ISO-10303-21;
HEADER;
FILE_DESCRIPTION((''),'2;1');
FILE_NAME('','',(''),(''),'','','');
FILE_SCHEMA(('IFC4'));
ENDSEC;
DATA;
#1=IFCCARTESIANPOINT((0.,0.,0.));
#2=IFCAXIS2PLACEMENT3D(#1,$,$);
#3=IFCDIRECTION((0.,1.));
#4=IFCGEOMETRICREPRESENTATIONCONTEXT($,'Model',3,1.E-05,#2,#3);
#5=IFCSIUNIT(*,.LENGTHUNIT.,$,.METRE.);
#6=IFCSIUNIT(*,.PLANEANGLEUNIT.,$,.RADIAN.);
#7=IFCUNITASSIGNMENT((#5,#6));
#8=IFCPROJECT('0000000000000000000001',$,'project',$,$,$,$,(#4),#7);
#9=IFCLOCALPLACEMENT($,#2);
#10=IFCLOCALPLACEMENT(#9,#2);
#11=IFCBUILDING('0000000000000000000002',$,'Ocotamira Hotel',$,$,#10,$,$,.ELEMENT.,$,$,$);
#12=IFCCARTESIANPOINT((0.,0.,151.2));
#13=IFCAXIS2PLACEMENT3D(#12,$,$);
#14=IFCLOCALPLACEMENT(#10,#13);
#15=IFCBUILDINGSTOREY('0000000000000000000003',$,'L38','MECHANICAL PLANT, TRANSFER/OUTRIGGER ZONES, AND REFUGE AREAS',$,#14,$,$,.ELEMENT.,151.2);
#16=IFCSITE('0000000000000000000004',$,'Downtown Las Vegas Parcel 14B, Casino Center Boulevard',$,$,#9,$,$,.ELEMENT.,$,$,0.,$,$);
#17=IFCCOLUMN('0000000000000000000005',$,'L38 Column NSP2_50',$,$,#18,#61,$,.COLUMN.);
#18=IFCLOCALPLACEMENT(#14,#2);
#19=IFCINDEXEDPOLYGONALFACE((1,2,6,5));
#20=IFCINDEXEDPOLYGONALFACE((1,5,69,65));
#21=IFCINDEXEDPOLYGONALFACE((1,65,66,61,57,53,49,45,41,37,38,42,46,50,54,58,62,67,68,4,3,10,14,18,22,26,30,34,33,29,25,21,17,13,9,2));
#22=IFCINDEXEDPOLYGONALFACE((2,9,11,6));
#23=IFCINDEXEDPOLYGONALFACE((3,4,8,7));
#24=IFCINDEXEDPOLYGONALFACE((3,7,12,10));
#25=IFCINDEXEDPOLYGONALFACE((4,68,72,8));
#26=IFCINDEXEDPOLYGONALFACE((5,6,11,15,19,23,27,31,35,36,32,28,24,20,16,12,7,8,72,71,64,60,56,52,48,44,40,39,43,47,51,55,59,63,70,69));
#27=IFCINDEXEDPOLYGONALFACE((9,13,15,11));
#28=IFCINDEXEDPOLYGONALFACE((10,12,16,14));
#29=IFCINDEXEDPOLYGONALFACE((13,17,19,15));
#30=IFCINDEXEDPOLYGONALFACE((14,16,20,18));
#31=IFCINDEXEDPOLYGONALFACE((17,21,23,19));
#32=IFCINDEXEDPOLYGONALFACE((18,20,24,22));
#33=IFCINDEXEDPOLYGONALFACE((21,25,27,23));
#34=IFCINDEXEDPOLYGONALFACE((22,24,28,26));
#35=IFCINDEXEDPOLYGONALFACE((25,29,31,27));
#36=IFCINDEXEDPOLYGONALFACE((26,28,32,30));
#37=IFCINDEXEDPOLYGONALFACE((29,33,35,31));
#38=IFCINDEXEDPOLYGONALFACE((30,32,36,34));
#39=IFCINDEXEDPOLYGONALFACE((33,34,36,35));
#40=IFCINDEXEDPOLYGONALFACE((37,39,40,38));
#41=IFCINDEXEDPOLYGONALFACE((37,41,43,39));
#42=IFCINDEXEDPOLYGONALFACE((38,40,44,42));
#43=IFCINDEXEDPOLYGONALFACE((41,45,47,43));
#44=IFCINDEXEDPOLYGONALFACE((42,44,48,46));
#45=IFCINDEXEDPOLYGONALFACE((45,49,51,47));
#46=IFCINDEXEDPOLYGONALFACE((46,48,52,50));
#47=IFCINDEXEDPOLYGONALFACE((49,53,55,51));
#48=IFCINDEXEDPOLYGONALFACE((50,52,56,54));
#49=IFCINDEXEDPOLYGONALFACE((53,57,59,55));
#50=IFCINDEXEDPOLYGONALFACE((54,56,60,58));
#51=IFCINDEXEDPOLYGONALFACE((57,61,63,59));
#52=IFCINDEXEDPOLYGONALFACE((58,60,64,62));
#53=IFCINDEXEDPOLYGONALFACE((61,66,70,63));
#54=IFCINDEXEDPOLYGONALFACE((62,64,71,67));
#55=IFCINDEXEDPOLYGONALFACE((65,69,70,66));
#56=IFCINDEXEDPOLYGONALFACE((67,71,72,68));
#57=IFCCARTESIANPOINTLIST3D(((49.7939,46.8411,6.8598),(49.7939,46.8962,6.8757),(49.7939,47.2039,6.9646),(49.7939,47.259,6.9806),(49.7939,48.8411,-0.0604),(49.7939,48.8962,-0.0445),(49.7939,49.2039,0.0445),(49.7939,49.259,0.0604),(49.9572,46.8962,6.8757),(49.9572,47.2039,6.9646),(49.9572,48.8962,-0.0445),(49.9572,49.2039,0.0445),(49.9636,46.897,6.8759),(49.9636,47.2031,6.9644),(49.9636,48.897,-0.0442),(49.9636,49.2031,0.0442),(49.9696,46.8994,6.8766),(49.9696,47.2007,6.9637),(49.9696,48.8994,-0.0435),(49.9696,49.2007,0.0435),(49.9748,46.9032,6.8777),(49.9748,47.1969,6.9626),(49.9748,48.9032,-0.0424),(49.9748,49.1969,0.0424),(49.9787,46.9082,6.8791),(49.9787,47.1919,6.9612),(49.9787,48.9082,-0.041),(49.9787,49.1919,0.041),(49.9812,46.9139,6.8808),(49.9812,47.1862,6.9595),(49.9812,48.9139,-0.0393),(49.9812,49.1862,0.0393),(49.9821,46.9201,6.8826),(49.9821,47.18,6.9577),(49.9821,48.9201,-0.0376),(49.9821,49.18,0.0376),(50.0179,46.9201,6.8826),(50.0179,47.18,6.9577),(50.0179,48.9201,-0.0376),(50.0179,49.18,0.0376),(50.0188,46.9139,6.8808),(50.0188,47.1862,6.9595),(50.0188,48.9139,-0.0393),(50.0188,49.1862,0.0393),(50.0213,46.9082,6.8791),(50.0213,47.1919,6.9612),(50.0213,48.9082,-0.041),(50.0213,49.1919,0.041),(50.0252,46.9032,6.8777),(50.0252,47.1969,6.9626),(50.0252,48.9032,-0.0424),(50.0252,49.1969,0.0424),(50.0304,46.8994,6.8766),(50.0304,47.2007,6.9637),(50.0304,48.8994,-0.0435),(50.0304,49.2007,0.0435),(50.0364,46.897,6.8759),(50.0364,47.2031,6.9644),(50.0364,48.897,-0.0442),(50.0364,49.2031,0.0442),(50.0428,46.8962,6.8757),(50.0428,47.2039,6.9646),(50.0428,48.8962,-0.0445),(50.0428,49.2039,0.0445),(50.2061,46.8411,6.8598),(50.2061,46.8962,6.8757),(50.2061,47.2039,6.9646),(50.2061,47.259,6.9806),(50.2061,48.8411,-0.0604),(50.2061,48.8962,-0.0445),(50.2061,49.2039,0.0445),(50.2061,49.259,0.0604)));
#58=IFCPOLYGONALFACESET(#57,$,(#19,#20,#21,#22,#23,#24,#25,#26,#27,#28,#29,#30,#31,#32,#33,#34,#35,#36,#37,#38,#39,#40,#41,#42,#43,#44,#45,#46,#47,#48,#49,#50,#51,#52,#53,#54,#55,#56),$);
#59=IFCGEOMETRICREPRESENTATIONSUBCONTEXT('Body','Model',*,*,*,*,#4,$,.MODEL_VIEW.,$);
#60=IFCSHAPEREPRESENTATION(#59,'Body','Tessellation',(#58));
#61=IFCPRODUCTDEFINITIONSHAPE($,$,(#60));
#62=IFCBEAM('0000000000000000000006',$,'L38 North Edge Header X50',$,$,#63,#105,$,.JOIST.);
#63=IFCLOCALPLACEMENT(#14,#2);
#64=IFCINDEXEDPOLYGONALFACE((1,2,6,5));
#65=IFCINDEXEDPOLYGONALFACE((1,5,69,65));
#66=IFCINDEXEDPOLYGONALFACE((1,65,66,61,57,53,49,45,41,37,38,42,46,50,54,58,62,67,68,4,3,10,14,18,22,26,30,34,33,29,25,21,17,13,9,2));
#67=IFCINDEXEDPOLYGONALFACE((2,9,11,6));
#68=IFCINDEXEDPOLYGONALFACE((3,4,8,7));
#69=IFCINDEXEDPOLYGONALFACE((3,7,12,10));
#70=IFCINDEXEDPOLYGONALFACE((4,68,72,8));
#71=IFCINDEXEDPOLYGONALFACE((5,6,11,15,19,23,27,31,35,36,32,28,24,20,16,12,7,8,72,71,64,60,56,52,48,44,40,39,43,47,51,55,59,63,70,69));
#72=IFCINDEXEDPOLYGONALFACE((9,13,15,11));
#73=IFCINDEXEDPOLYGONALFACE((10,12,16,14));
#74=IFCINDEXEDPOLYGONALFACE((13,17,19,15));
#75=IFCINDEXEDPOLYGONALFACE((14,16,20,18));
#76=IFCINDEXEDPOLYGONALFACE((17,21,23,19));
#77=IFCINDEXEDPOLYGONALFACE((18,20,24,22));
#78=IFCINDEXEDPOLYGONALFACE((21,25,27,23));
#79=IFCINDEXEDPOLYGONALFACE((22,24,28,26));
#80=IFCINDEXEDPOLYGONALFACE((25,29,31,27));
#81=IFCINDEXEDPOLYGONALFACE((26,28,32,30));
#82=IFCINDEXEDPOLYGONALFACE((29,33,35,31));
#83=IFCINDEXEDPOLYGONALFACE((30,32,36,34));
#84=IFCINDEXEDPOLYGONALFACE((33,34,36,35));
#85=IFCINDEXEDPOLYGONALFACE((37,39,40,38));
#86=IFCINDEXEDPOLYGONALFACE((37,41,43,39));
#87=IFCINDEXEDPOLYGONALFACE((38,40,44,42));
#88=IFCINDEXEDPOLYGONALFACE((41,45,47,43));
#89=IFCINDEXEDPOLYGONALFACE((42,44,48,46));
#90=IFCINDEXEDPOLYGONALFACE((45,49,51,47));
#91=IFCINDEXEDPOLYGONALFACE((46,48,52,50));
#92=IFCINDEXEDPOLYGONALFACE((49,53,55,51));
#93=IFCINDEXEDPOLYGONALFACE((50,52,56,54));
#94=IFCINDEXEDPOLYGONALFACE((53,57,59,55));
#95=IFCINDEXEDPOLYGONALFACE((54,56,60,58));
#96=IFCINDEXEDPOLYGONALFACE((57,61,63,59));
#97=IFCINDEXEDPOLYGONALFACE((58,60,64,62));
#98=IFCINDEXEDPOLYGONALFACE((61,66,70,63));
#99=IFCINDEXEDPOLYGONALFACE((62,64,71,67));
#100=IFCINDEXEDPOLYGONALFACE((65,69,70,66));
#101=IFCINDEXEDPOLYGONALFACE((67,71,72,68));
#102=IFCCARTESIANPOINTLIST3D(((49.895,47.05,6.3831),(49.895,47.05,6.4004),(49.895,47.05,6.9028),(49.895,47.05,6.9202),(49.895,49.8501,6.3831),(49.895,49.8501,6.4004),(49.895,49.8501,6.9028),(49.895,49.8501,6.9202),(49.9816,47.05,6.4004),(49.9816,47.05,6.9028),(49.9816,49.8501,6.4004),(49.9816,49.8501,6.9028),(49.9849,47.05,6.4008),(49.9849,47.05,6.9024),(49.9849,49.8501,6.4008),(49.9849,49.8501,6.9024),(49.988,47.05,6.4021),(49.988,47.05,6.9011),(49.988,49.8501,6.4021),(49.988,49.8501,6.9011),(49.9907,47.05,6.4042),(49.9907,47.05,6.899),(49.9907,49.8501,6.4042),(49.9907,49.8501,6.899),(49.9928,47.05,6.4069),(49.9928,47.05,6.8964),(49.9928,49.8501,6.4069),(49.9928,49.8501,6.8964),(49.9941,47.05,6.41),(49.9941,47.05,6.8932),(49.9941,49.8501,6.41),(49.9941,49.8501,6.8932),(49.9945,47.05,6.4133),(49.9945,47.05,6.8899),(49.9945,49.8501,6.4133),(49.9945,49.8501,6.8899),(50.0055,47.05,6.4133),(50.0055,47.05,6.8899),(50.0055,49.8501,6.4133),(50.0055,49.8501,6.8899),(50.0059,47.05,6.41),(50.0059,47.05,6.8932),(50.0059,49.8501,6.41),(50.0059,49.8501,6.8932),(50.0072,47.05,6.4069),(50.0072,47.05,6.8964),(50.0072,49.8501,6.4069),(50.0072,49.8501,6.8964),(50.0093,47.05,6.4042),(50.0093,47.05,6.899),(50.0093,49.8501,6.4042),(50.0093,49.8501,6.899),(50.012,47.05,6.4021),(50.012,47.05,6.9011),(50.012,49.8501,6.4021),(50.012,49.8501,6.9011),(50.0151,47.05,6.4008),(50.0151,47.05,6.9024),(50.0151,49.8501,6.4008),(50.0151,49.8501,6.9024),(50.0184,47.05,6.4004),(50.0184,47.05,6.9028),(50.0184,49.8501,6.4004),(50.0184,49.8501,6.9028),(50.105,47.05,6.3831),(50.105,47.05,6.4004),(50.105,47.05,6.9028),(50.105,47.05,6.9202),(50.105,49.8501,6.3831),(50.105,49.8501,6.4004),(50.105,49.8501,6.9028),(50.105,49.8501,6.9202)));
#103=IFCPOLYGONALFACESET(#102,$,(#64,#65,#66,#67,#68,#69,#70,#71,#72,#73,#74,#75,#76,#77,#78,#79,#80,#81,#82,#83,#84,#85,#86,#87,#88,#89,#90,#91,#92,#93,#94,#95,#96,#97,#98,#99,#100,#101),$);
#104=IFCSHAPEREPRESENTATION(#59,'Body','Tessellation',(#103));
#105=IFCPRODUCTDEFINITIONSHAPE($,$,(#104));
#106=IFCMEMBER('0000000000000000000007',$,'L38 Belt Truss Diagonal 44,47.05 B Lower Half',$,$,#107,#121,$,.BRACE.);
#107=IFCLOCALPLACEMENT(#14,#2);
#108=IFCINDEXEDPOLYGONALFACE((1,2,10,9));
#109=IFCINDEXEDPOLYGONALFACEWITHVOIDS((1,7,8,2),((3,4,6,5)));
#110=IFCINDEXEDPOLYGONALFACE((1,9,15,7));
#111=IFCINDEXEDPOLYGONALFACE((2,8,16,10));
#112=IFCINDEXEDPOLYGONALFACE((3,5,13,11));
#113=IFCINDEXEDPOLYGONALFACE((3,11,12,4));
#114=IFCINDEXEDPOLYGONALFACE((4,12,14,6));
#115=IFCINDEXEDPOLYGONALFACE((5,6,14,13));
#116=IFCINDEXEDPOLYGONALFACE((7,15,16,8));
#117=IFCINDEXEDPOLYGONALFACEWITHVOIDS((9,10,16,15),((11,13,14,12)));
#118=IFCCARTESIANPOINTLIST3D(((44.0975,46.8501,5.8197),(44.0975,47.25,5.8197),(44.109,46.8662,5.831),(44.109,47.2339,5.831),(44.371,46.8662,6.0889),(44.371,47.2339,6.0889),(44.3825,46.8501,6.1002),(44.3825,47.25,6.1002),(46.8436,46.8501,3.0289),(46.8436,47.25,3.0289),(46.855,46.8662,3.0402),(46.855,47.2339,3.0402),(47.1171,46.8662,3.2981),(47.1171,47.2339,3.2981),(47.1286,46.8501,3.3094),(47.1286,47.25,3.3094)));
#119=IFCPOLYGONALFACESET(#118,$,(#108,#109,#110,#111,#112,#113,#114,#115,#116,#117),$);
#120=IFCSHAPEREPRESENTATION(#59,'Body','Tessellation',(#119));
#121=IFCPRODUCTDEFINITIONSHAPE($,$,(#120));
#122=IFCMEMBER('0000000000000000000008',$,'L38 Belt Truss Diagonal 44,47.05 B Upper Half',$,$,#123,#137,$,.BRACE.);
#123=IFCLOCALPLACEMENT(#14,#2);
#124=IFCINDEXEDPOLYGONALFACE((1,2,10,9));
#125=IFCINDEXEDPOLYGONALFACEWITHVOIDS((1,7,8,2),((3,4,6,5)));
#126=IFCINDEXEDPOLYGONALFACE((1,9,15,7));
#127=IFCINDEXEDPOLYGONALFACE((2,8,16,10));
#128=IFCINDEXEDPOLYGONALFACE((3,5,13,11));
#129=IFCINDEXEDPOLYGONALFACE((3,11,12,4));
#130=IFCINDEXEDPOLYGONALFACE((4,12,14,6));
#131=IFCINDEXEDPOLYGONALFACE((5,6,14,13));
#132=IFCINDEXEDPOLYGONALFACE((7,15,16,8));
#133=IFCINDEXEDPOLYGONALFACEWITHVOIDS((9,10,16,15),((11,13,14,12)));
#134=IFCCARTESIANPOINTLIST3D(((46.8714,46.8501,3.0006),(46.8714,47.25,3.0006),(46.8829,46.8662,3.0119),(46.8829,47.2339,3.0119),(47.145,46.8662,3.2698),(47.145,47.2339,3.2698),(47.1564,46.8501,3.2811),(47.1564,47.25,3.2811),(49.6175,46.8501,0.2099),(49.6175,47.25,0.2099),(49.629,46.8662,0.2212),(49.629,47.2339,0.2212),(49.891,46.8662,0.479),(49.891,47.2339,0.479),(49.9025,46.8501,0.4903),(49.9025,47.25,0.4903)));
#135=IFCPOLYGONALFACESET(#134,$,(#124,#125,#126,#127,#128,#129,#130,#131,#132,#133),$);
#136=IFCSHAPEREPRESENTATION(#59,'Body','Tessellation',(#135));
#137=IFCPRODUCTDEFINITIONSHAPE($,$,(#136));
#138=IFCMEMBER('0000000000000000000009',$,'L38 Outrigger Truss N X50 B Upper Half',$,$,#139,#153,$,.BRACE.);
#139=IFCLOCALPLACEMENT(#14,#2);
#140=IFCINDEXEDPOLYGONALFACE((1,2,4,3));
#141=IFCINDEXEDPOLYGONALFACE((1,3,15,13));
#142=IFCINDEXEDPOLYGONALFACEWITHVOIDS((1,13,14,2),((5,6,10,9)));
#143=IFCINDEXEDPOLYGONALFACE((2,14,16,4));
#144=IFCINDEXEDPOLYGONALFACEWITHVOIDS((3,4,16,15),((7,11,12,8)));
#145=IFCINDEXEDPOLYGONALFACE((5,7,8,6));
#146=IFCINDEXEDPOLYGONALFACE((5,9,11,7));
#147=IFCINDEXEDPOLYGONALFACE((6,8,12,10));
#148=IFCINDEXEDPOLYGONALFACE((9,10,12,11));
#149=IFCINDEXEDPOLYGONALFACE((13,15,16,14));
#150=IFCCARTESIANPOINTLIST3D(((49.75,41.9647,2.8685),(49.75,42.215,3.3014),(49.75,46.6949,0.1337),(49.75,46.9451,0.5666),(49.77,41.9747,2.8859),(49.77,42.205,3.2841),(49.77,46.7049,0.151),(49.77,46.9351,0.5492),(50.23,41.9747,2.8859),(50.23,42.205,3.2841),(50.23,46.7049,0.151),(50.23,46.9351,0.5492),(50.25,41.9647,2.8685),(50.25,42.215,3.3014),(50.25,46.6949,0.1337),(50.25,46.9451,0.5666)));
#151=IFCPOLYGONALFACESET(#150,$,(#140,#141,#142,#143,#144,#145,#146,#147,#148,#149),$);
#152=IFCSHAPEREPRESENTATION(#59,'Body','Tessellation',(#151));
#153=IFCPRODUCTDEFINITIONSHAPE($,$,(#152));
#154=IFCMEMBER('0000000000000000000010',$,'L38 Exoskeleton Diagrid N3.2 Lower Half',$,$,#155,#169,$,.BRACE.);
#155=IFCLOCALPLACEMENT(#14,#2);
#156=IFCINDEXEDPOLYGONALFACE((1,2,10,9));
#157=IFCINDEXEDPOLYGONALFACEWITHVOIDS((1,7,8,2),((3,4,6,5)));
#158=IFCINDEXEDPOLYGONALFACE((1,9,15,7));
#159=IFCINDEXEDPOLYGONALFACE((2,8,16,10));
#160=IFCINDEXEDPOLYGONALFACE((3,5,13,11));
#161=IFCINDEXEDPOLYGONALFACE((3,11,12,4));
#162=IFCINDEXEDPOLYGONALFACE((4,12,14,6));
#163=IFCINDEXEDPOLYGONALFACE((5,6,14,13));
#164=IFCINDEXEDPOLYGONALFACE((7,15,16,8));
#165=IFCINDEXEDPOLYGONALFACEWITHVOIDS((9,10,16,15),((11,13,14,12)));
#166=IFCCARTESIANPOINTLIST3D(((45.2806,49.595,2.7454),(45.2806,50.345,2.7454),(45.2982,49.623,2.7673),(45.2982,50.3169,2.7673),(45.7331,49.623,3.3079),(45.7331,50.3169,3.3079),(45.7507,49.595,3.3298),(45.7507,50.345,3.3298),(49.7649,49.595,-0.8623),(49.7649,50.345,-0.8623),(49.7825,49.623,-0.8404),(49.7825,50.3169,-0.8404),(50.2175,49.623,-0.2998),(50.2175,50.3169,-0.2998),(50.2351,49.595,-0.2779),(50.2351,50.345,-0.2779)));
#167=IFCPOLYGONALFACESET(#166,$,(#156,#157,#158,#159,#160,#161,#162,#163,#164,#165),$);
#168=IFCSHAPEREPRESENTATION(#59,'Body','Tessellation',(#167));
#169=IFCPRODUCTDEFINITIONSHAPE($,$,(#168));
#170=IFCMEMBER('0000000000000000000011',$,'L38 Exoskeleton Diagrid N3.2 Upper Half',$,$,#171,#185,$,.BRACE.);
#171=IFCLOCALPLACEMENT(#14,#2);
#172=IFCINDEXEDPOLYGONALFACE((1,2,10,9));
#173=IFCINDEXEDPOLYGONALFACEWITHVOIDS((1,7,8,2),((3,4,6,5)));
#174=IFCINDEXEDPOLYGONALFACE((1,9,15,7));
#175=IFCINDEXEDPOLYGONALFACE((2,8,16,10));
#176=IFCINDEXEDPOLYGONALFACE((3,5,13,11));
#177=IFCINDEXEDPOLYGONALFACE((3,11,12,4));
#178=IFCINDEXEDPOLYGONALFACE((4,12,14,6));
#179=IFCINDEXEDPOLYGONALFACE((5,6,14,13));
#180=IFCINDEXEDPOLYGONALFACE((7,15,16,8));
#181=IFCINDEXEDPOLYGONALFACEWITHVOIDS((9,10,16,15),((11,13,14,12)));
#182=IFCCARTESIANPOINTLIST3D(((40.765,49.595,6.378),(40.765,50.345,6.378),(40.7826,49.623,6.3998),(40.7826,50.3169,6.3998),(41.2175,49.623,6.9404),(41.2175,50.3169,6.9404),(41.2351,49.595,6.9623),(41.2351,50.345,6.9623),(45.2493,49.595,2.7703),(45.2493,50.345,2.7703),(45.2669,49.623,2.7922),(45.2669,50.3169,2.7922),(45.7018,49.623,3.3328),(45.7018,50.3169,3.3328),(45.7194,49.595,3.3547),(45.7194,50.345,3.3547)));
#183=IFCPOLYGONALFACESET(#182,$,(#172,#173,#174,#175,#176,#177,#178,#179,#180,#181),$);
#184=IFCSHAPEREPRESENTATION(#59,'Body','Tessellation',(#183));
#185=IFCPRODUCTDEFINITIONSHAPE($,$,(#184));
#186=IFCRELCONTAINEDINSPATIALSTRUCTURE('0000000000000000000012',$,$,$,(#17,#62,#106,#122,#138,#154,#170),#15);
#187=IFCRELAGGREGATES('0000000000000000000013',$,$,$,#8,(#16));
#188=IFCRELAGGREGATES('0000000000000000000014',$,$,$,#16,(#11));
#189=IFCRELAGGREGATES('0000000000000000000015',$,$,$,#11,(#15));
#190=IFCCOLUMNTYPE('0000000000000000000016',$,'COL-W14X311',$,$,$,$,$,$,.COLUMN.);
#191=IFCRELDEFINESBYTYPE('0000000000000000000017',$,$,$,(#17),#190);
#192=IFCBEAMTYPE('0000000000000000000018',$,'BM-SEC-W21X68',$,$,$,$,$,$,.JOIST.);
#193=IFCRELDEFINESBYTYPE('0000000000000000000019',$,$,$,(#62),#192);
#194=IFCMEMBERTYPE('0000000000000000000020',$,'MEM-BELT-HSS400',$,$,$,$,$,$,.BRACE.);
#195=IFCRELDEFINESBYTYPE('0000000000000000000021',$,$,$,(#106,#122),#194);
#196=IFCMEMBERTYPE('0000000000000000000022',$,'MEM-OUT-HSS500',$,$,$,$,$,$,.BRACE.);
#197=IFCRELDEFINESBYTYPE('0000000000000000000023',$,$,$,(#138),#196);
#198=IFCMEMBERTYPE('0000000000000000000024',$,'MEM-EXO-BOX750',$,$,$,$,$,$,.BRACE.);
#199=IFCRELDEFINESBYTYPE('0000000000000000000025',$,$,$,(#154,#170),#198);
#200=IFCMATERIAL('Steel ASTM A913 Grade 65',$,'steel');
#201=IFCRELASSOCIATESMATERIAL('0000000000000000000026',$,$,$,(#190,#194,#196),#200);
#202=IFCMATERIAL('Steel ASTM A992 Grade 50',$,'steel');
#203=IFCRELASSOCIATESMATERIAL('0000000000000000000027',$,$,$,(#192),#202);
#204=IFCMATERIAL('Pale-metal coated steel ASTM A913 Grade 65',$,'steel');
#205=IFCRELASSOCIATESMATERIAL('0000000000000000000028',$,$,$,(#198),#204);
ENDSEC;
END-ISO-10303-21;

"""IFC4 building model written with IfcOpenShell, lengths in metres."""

from ifc_helpers import new_model, si_unit, direction, frame, origin, origin_2d, place, context, subcontext, project, spatial, hollow_rectangle, i_section, extrude, source, transform, mapped, material, material_profile, profile_set, type_object, element, save


model = new_model("IFC4")

# Units and contexts
model_context = context("Model", 3, precision=1e-05, world=origin(), true_north=direction((0.0, 1.0)))
body_context = subcontext(model_context, "Body", "Model", "MODEL_VIEW")
ifc_project = project(units=[si_unit("LENGTHUNIT", "METRE"), si_unit("PLANEANGLEUNIT", "RADIAN")], contexts=[model_context])

# Site, building, storey
site_placement = place(None, origin())
site = spatial("IfcSite", under=ifc_project, at=site_placement, Name="Downtown Las Vegas Parcel 14B, Casino Center Boulevard", CompositionType="ELEMENT", RefElevation=0.0)
building_placement = place(site_placement, origin())
building = spatial("IfcBuilding", under=site, at=building_placement, Name="Ocotamira Hotel", CompositionType="ELEMENT")
storey_placement = place(building_placement, frame((0.0, 0.0, 151.2)))
storey = spatial("IfcBuildingStorey", under=building, at=storey_placement, Name="L38", Description="MECHANICAL PLANT, TRANSFER/OUTRIGGER ZONES, AND REFUGE AREAS", CompositionType="ELEMENT", Elevation=151.2)

# Column
ifc_material_1 = material(Name="Steel ASTM A913 Grade 65", Category="steel")
ifc_material_profile_1 = material_profile(ifc_material_1, i_section(OverallWidth=0.4121, OverallDepth=0.4351, WebThickness=0.0359, FlangeThickness=0.0574, FilletRadius=0.0249, at=origin_2d()), Name="W14X311")
ifc_profile_set_1 = profile_set([ifc_material_profile_1], Name="Steel ASTM A913 Grade 65")
column_type = type_object("IfcColumnType", Name="COL-W14X311", PredefinedType="COLUMN", material=ifc_profile_set_1)
shared_shape_1 = source(origin(), body_context, "Body", "SweptSolid", [
    extrude(i_section(OverallWidth=0.4121, OverallDepth=0.4351, WebThickness=0.0359, FlangeThickness=0.0574, FilletRadius=0.0249, at=origin_2d()), origin(), (0.0, 0.0, 1.0), 7.2034),
])
column_placement = place(storey_placement, frame((50.0, 49.05, 0.0), z_axis=(0.0, -0.277647, 0.960683), x_axis=(1.0, 0.0, 0.0)))
element("IfcColumn", 1, at=column_placement, inside=storey, type_object=column_type, Name="L38 Column NSP2_50", PredefinedType="COLUMN", context=body_context, shape_type="MappedRepresentation", body=[
    mapped(shared_shape_1, transform((0.0, 0.0, 0.0), scale=1.0)),
])

# Beam
ifc_material_2 = material(Name="Steel ASTM A992 Grade 50", Category="steel")
ifc_material_profile_2 = material_profile(ifc_material_2, i_section(OverallWidth=0.21, OverallDepth=0.5371, WebThickness=0.011, FlangeThickness=0.0173, FilletRadius=0.0129, at=origin_2d()), Name="W21X68")
ifc_profile_set_2 = profile_set([ifc_material_profile_2], Name="Steel ASTM A992 Grade 50")
beam_type = type_object("IfcBeamType", Name="BM-SEC-W21X68", PredefinedType="JOIST", material=ifc_profile_set_2)
shared_shape_2 = source(origin(), body_context, "Body", "SweptSolid", [
    extrude(i_section(OverallWidth=0.21, OverallDepth=0.5371, WebThickness=0.011, FlangeThickness=0.0173, FilletRadius=0.0129, at=origin_2d()), origin(), (0.0, 0.0, 1.0), 2.8),
])
beam_placement = place(storey_placement, frame((50.0, 47.05, 6.6516), z_axis=(0.0, 1.0, 0.0), x_axis=(-1.0, 0.0, 0.0)))
element("IfcBeam", 2, at=beam_placement, inside=storey, type_object=beam_type, Name="L38 North Edge Header X50", PredefinedType="JOIST", context=body_context, shape_type="MappedRepresentation", body=[
    mapped(shared_shape_2, transform((0.0, 0.0, 0.0), scale=1.0)),
])

# Members
ifc_material_profile_3 = material_profile(ifc_material_1, hollow_rectangle(XDim=0.3999, YDim=0.3999, WallThickness=0.0161, at=origin_2d()), Name="HSS400X400X16")
ifc_profile_set_3 = profile_set([ifc_material_profile_3], Name="Steel ASTM A913 Grade 65")
member_type_1 = type_object("IfcMemberType", Name="MEM-BELT-HSS400", PredefinedType="BRACE", material=ifc_profile_set_3)
shared_shape_3 = source(origin(), body_context, "Body", "SweptSolid", [
    extrude(hollow_rectangle(XDim=0.3999, YDim=0.3999, WallThickness=0.0161, at=origin_2d()), origin(), (0.0, 0.0, 1.0), 3.9153),
])
for number, where, z_axis, x_axis, name in (
    (3, (44.24, 47.05, 5.96), (0.701378, 0.0, -0.712789), (0.0, 1.0, 0.0), "L38 Belt Truss Diagonal 44,47.05 B Lower Half"),
    (4, (47.0139, 47.05, 3.1409), (0.701378, 0.0, -0.712789), (0.0, 1.0, 0.0), "L38 Belt Truss Diagonal 44,47.05 B Upper Half"),
):
    element("IfcMember", number, at=place(storey_placement, frame(where, z_axis=z_axis, x_axis=x_axis)), inside=storey, type_object=member_type_1, Name=name, PredefinedType="BRACE", context=body_context, shape_type="MappedRepresentation", body=[
        mapped(shared_shape_3, transform((0.0, 0.0, 0.0), scale=1.0)),
    ])
ifc_material_profile_4 = material_profile(ifc_material_1, hollow_rectangle(XDim=0.5, YDim=0.5, WallThickness=0.02, at=origin_2d()), Name="HSS500X500X20")
ifc_profile_set_4 = profile_set([ifc_material_profile_4], Name="Steel ASTM A913 Grade 65")
member_type_2 = type_object("IfcMemberType", Name="MEM-OUT-HSS500", PredefinedType="BRACE", material=ifc_profile_set_4)
shared_shape_4 = source(origin(), body_context, "Body", "SweptSolid", [
    extrude(hollow_rectangle(XDim=0.5, YDim=0.5, WallThickness=0.02, at=origin_2d()), origin(), (0.0, 0.0, 1.0), 5.4639),
])
member_1_placement = place(storey_placement, frame((50.0, 42.0898, 3.085), z_axis=(0.0, 0.865719, -0.500531), x_axis=(-1.0, 0.0, 0.0)))
element("IfcMember", 5, at=member_1_placement, inside=storey, type_object=member_type_2, Name="L38 Outrigger Truss N X50 B Upper Half", PredefinedType="BRACE", context=body_context, shape_type="MappedRepresentation", body=[
    mapped(shared_shape_4, transform((0.0, 0.0, 0.0), scale=1.0)),
])
ifc_material_3 = material(Name="Pale-metal coated steel ASTM A913 Grade 65", Category="steel")
ifc_material_profile_5 = material_profile(ifc_material_3, hollow_rectangle(XDim=0.75, YDim=0.75, WallThickness=0.0281, at=origin_2d()), Name="BOX750X750X28")
ifc_profile_set_5 = profile_set([ifc_material_profile_5], Name="Pale-metal coated steel ASTM A913 Grade 65")
member_type_3 = type_object("IfcMemberType", Name="MEM-EXO-BOX750", PredefinedType="BRACE", material=ifc_profile_set_5)
shared_shape_5 = source(origin(), body_context, "Body", "SweptSolid", [
    extrude(hollow_rectangle(XDim=0.75, YDim=0.75, WallThickness=0.0281, at=origin_2d()), origin(), (0.0, 0.0, 1.0), 5.7554),
])
for number, where, z_axis, x_axis, name in (
    (6, (50.0, 49.97, -0.5701), (-0.779157, 0.0, 0.626829), (0.0, -1.0, 0.0), "L38 Exoskeleton Diagrid N3.2 Lower Half"),
    (7, (45.4844, 49.97, 3.0625), (-0.779157, 0.0, 0.626829), (0.0, -1.0, 0.0), "L38 Exoskeleton Diagrid N3.2 Upper Half"),
):
    element("IfcMember", number, at=place(storey_placement, frame(where, z_axis=z_axis, x_axis=x_axis)), inside=storey, type_object=member_type_3, Name=name, PredefinedType="BRACE", context=body_context, shape_type="MappedRepresentation", body=[
        mapped(shared_shape_5, transform((0.0, 0.0, 0.0), scale=1.0)),
    ])

save(model, "model.ifc")
